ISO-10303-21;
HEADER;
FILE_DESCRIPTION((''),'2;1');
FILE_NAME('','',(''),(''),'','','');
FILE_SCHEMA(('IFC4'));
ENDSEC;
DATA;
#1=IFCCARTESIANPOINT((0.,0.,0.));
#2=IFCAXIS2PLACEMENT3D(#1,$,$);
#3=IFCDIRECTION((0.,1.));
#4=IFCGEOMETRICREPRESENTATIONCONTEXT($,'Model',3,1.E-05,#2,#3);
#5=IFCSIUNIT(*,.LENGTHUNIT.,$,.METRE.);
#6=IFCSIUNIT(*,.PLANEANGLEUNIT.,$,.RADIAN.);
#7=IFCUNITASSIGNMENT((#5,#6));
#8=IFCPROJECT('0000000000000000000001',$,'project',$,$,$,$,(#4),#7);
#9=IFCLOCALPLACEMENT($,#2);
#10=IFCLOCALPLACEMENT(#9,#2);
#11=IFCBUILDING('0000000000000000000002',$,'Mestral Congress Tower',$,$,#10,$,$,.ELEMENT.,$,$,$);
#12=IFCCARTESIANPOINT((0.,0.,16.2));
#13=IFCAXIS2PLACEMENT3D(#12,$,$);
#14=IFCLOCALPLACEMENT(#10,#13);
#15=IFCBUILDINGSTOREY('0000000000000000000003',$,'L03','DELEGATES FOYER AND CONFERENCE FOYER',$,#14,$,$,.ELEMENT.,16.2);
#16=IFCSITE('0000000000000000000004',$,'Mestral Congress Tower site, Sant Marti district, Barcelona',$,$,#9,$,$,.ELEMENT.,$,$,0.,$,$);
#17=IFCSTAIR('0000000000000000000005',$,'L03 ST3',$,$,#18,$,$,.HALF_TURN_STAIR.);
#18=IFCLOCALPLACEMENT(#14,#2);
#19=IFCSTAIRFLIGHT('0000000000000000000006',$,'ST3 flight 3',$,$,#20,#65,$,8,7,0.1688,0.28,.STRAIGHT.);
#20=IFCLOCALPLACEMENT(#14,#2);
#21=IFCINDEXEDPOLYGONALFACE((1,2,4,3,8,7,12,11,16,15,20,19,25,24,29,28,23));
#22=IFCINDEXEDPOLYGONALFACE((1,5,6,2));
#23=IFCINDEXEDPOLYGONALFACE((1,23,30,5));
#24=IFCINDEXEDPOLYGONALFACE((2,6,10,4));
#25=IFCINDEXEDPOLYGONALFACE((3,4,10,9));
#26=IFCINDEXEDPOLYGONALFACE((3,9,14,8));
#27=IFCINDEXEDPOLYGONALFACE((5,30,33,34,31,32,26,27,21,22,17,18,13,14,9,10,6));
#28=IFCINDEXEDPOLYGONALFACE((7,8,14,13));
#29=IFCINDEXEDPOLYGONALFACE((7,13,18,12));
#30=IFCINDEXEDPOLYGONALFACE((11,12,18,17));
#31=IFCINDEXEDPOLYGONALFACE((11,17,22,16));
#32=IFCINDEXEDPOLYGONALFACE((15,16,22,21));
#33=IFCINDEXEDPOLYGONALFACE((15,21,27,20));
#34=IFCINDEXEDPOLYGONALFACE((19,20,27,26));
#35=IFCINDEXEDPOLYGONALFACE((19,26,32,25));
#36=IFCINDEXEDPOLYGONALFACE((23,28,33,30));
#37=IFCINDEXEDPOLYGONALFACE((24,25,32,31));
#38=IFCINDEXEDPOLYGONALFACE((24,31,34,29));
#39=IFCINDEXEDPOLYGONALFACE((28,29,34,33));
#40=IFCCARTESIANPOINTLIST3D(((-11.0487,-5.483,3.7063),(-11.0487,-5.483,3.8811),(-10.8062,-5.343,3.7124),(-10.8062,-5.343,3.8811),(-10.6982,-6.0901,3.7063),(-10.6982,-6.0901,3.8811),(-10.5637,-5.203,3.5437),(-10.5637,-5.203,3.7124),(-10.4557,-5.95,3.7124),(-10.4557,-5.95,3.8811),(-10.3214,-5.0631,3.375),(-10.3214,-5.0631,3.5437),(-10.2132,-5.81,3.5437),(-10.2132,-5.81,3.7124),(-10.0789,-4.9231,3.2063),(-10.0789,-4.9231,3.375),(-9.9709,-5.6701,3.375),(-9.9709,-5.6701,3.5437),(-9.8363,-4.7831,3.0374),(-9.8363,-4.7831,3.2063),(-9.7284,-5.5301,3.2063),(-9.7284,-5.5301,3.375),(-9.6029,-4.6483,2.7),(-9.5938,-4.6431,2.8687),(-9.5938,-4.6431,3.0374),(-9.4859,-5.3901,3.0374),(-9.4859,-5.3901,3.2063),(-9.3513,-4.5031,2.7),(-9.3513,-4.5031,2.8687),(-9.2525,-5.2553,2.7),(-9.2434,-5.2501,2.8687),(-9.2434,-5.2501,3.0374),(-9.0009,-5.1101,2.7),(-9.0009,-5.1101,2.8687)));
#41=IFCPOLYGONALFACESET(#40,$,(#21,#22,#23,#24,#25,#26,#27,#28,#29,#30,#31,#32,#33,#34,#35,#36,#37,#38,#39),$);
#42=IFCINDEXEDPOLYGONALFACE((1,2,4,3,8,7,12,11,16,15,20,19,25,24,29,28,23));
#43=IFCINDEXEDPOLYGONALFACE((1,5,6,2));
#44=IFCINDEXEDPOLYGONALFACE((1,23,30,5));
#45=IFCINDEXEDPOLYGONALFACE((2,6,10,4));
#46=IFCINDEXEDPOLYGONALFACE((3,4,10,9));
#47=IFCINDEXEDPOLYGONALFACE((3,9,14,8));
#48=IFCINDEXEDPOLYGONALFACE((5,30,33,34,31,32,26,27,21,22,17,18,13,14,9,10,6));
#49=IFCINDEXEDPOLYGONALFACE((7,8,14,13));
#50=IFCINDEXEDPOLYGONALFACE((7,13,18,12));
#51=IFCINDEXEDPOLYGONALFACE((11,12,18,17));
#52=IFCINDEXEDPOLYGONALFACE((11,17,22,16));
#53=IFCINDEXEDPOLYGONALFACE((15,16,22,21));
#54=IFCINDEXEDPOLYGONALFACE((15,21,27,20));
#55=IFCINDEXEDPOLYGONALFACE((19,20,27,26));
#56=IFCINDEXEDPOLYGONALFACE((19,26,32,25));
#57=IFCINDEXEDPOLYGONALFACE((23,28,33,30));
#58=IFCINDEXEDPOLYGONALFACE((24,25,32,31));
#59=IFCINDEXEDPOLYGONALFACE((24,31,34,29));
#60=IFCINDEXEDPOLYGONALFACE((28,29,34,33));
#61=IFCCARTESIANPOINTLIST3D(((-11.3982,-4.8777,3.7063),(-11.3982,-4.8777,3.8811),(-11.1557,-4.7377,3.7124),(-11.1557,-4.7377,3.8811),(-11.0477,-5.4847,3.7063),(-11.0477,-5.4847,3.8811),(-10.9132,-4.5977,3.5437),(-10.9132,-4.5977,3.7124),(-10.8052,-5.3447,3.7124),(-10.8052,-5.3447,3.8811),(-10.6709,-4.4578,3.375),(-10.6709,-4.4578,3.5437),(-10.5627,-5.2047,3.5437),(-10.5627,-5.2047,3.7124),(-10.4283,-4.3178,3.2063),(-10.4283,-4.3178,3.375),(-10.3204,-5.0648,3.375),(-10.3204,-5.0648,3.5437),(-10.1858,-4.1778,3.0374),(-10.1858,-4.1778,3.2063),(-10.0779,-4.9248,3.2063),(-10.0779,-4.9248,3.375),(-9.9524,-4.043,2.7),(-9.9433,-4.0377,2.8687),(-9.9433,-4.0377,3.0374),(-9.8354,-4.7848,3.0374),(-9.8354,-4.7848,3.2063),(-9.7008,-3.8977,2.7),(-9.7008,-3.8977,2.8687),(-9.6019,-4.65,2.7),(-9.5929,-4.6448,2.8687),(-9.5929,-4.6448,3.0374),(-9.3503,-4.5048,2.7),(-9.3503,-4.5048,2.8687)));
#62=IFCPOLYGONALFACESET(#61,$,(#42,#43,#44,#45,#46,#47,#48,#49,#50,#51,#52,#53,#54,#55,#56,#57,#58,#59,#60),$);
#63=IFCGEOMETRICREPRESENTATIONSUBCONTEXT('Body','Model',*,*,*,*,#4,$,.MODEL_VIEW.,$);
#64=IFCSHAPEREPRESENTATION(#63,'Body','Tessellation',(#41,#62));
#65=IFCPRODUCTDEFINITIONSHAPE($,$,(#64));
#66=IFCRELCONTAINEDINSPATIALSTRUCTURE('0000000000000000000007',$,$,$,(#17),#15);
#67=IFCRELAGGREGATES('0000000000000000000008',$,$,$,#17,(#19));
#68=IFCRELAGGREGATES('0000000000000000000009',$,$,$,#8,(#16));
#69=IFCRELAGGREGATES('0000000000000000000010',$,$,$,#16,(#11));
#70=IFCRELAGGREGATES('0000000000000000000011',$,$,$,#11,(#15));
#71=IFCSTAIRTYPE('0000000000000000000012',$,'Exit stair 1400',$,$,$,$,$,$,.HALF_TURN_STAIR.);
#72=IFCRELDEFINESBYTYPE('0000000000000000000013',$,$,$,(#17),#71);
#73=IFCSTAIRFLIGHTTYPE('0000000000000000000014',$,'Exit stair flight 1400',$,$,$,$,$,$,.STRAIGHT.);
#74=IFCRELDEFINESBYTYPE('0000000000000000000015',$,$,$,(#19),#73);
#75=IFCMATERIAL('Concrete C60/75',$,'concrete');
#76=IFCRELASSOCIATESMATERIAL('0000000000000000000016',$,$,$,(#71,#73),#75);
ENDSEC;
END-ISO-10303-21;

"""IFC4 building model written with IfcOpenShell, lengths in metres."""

from ifc_helpers import new_model, si_unit, direction, frame, origin, place, context, subcontext, project, spatial, polyline, outline, extrude, material, type_object, element, aggregate, save


model = new_model("IFC4")

# Units and contexts
model_context = context("Model", 3, precision=1e-05, world=origin(), true_north=direction((0.0, 1.0)))
body_context = subcontext(model_context, "Body", "Model", "MODEL_VIEW")
ifc_project = project(units=[si_unit("LENGTHUNIT", "METRE"), si_unit("PLANEANGLEUNIT", "RADIAN")], contexts=[model_context])

# Site, building, storey
site_placement = place(None, origin())
site = spatial("IfcSite", under=ifc_project, at=site_placement, Name="Mestral Congress Tower site, Sant Marti district, Barcelona", CompositionType="ELEMENT", RefElevation=0.0)
building_placement = place(site_placement, origin())
building = spatial("IfcBuilding", under=site, at=building_placement, Name="Mestral Congress Tower", CompositionType="ELEMENT")
storey_placement = place(building_placement, frame((0.0, 0.0, 16.2)))
storey = spatial("IfcBuildingStorey", under=building, at=storey_placement, Name="L03", Description="DELEGATES FOYER AND CONFERENCE FOYER", CompositionType="ELEMENT", Elevation=16.2)

# Shared definitions
ifc_material_1 = material(Name="Concrete C60/75", Category="concrete")

# Stair, stair flight
stair_type = type_object("IfcStairType", Name="Exit stair 1400", PredefinedType="HALF_TURN_STAIR", material=ifc_material_1)
stair_placement = place(storey_placement, origin())
stair = element("IfcStair", 1, at=stair_placement, inside=storey, type_object=stair_type, Name="L03 ST3", PredefinedType="HALF_TURN_STAIR")
stair_flight_type = type_object("IfcStairFlightType", Name="Exit stair flight 1400", PredefinedType="STRAIGHT", material=ifc_material_1)
stair_flight_1_placement = place(storey_placement, frame((-9.3508, -4.5039, 2.7), z_axis=(0.0, 0.0, 1.0), x_axis=(-0.866025, -0.5, 0.0)))
stair_flight_1 = element("IfcStairFlight", 2, at=stair_flight_1_placement, type_object=stair_flight_type, Name="ST3 flight 3", NumberOfRisers=8, NumberOfTreads=7, PredefinedType="STRAIGHT", RiserHeight=0.1688, TreadLength=0.28, context=body_context, shape_type="SweptSolid", body=[
    extrude(outline(polyline([(0.0, 0.0), (0.0, 0.1687), (0.28, 0.1687), (0.28, 0.3374), (0.5601, 0.3374), (0.5601, 0.5063), (0.8401, 0.5063), (0.8401, 0.675), (1.1201, 0.675), (1.1201, 0.8438), (1.3999, 0.8438), (1.3999, 1.0125), (1.6799, 1.0125), (1.6799, 1.1812), (1.96, 1.1812), (1.96, 1.3501), (1.96, 1.0063), (0.2905, 0.0), (0.0, 0.0)])), frame((0.0, 0.7, 0.0), z_axis=(0.0, -1.0, 0.0), x_axis=(1.0, 0.0, 0.0)), (0.0, 0.0, 1.0), 0.7009),
    extrude(outline(polyline([(0.0, 0.0), (0.0, 0.1687), (0.28, 0.1687), (0.28, 0.3374), (0.5601, 0.3374), (0.5601, 0.5063), (0.8401, 0.5063), (0.8401, 0.675), (1.1201, 0.675), (1.1201, 0.8438), (1.3999, 0.8438), (1.3999, 1.0125), (1.6799, 1.0125), (1.6799, 1.1812), (1.96, 1.1812), (1.96, 1.3501), (1.96, 1.0063), (0.2905, 0.0), (0.0, 0.0)])), frame((0.0, 0.001, 0.0), z_axis=(0.0, -1.0, 0.0), x_axis=(1.0, 0.0, 0.0)), (0.0, 0.0, 1.0), 0.7009),
])
aggregate(stair, [stair_flight_1])

save(model, "model.ifc")
